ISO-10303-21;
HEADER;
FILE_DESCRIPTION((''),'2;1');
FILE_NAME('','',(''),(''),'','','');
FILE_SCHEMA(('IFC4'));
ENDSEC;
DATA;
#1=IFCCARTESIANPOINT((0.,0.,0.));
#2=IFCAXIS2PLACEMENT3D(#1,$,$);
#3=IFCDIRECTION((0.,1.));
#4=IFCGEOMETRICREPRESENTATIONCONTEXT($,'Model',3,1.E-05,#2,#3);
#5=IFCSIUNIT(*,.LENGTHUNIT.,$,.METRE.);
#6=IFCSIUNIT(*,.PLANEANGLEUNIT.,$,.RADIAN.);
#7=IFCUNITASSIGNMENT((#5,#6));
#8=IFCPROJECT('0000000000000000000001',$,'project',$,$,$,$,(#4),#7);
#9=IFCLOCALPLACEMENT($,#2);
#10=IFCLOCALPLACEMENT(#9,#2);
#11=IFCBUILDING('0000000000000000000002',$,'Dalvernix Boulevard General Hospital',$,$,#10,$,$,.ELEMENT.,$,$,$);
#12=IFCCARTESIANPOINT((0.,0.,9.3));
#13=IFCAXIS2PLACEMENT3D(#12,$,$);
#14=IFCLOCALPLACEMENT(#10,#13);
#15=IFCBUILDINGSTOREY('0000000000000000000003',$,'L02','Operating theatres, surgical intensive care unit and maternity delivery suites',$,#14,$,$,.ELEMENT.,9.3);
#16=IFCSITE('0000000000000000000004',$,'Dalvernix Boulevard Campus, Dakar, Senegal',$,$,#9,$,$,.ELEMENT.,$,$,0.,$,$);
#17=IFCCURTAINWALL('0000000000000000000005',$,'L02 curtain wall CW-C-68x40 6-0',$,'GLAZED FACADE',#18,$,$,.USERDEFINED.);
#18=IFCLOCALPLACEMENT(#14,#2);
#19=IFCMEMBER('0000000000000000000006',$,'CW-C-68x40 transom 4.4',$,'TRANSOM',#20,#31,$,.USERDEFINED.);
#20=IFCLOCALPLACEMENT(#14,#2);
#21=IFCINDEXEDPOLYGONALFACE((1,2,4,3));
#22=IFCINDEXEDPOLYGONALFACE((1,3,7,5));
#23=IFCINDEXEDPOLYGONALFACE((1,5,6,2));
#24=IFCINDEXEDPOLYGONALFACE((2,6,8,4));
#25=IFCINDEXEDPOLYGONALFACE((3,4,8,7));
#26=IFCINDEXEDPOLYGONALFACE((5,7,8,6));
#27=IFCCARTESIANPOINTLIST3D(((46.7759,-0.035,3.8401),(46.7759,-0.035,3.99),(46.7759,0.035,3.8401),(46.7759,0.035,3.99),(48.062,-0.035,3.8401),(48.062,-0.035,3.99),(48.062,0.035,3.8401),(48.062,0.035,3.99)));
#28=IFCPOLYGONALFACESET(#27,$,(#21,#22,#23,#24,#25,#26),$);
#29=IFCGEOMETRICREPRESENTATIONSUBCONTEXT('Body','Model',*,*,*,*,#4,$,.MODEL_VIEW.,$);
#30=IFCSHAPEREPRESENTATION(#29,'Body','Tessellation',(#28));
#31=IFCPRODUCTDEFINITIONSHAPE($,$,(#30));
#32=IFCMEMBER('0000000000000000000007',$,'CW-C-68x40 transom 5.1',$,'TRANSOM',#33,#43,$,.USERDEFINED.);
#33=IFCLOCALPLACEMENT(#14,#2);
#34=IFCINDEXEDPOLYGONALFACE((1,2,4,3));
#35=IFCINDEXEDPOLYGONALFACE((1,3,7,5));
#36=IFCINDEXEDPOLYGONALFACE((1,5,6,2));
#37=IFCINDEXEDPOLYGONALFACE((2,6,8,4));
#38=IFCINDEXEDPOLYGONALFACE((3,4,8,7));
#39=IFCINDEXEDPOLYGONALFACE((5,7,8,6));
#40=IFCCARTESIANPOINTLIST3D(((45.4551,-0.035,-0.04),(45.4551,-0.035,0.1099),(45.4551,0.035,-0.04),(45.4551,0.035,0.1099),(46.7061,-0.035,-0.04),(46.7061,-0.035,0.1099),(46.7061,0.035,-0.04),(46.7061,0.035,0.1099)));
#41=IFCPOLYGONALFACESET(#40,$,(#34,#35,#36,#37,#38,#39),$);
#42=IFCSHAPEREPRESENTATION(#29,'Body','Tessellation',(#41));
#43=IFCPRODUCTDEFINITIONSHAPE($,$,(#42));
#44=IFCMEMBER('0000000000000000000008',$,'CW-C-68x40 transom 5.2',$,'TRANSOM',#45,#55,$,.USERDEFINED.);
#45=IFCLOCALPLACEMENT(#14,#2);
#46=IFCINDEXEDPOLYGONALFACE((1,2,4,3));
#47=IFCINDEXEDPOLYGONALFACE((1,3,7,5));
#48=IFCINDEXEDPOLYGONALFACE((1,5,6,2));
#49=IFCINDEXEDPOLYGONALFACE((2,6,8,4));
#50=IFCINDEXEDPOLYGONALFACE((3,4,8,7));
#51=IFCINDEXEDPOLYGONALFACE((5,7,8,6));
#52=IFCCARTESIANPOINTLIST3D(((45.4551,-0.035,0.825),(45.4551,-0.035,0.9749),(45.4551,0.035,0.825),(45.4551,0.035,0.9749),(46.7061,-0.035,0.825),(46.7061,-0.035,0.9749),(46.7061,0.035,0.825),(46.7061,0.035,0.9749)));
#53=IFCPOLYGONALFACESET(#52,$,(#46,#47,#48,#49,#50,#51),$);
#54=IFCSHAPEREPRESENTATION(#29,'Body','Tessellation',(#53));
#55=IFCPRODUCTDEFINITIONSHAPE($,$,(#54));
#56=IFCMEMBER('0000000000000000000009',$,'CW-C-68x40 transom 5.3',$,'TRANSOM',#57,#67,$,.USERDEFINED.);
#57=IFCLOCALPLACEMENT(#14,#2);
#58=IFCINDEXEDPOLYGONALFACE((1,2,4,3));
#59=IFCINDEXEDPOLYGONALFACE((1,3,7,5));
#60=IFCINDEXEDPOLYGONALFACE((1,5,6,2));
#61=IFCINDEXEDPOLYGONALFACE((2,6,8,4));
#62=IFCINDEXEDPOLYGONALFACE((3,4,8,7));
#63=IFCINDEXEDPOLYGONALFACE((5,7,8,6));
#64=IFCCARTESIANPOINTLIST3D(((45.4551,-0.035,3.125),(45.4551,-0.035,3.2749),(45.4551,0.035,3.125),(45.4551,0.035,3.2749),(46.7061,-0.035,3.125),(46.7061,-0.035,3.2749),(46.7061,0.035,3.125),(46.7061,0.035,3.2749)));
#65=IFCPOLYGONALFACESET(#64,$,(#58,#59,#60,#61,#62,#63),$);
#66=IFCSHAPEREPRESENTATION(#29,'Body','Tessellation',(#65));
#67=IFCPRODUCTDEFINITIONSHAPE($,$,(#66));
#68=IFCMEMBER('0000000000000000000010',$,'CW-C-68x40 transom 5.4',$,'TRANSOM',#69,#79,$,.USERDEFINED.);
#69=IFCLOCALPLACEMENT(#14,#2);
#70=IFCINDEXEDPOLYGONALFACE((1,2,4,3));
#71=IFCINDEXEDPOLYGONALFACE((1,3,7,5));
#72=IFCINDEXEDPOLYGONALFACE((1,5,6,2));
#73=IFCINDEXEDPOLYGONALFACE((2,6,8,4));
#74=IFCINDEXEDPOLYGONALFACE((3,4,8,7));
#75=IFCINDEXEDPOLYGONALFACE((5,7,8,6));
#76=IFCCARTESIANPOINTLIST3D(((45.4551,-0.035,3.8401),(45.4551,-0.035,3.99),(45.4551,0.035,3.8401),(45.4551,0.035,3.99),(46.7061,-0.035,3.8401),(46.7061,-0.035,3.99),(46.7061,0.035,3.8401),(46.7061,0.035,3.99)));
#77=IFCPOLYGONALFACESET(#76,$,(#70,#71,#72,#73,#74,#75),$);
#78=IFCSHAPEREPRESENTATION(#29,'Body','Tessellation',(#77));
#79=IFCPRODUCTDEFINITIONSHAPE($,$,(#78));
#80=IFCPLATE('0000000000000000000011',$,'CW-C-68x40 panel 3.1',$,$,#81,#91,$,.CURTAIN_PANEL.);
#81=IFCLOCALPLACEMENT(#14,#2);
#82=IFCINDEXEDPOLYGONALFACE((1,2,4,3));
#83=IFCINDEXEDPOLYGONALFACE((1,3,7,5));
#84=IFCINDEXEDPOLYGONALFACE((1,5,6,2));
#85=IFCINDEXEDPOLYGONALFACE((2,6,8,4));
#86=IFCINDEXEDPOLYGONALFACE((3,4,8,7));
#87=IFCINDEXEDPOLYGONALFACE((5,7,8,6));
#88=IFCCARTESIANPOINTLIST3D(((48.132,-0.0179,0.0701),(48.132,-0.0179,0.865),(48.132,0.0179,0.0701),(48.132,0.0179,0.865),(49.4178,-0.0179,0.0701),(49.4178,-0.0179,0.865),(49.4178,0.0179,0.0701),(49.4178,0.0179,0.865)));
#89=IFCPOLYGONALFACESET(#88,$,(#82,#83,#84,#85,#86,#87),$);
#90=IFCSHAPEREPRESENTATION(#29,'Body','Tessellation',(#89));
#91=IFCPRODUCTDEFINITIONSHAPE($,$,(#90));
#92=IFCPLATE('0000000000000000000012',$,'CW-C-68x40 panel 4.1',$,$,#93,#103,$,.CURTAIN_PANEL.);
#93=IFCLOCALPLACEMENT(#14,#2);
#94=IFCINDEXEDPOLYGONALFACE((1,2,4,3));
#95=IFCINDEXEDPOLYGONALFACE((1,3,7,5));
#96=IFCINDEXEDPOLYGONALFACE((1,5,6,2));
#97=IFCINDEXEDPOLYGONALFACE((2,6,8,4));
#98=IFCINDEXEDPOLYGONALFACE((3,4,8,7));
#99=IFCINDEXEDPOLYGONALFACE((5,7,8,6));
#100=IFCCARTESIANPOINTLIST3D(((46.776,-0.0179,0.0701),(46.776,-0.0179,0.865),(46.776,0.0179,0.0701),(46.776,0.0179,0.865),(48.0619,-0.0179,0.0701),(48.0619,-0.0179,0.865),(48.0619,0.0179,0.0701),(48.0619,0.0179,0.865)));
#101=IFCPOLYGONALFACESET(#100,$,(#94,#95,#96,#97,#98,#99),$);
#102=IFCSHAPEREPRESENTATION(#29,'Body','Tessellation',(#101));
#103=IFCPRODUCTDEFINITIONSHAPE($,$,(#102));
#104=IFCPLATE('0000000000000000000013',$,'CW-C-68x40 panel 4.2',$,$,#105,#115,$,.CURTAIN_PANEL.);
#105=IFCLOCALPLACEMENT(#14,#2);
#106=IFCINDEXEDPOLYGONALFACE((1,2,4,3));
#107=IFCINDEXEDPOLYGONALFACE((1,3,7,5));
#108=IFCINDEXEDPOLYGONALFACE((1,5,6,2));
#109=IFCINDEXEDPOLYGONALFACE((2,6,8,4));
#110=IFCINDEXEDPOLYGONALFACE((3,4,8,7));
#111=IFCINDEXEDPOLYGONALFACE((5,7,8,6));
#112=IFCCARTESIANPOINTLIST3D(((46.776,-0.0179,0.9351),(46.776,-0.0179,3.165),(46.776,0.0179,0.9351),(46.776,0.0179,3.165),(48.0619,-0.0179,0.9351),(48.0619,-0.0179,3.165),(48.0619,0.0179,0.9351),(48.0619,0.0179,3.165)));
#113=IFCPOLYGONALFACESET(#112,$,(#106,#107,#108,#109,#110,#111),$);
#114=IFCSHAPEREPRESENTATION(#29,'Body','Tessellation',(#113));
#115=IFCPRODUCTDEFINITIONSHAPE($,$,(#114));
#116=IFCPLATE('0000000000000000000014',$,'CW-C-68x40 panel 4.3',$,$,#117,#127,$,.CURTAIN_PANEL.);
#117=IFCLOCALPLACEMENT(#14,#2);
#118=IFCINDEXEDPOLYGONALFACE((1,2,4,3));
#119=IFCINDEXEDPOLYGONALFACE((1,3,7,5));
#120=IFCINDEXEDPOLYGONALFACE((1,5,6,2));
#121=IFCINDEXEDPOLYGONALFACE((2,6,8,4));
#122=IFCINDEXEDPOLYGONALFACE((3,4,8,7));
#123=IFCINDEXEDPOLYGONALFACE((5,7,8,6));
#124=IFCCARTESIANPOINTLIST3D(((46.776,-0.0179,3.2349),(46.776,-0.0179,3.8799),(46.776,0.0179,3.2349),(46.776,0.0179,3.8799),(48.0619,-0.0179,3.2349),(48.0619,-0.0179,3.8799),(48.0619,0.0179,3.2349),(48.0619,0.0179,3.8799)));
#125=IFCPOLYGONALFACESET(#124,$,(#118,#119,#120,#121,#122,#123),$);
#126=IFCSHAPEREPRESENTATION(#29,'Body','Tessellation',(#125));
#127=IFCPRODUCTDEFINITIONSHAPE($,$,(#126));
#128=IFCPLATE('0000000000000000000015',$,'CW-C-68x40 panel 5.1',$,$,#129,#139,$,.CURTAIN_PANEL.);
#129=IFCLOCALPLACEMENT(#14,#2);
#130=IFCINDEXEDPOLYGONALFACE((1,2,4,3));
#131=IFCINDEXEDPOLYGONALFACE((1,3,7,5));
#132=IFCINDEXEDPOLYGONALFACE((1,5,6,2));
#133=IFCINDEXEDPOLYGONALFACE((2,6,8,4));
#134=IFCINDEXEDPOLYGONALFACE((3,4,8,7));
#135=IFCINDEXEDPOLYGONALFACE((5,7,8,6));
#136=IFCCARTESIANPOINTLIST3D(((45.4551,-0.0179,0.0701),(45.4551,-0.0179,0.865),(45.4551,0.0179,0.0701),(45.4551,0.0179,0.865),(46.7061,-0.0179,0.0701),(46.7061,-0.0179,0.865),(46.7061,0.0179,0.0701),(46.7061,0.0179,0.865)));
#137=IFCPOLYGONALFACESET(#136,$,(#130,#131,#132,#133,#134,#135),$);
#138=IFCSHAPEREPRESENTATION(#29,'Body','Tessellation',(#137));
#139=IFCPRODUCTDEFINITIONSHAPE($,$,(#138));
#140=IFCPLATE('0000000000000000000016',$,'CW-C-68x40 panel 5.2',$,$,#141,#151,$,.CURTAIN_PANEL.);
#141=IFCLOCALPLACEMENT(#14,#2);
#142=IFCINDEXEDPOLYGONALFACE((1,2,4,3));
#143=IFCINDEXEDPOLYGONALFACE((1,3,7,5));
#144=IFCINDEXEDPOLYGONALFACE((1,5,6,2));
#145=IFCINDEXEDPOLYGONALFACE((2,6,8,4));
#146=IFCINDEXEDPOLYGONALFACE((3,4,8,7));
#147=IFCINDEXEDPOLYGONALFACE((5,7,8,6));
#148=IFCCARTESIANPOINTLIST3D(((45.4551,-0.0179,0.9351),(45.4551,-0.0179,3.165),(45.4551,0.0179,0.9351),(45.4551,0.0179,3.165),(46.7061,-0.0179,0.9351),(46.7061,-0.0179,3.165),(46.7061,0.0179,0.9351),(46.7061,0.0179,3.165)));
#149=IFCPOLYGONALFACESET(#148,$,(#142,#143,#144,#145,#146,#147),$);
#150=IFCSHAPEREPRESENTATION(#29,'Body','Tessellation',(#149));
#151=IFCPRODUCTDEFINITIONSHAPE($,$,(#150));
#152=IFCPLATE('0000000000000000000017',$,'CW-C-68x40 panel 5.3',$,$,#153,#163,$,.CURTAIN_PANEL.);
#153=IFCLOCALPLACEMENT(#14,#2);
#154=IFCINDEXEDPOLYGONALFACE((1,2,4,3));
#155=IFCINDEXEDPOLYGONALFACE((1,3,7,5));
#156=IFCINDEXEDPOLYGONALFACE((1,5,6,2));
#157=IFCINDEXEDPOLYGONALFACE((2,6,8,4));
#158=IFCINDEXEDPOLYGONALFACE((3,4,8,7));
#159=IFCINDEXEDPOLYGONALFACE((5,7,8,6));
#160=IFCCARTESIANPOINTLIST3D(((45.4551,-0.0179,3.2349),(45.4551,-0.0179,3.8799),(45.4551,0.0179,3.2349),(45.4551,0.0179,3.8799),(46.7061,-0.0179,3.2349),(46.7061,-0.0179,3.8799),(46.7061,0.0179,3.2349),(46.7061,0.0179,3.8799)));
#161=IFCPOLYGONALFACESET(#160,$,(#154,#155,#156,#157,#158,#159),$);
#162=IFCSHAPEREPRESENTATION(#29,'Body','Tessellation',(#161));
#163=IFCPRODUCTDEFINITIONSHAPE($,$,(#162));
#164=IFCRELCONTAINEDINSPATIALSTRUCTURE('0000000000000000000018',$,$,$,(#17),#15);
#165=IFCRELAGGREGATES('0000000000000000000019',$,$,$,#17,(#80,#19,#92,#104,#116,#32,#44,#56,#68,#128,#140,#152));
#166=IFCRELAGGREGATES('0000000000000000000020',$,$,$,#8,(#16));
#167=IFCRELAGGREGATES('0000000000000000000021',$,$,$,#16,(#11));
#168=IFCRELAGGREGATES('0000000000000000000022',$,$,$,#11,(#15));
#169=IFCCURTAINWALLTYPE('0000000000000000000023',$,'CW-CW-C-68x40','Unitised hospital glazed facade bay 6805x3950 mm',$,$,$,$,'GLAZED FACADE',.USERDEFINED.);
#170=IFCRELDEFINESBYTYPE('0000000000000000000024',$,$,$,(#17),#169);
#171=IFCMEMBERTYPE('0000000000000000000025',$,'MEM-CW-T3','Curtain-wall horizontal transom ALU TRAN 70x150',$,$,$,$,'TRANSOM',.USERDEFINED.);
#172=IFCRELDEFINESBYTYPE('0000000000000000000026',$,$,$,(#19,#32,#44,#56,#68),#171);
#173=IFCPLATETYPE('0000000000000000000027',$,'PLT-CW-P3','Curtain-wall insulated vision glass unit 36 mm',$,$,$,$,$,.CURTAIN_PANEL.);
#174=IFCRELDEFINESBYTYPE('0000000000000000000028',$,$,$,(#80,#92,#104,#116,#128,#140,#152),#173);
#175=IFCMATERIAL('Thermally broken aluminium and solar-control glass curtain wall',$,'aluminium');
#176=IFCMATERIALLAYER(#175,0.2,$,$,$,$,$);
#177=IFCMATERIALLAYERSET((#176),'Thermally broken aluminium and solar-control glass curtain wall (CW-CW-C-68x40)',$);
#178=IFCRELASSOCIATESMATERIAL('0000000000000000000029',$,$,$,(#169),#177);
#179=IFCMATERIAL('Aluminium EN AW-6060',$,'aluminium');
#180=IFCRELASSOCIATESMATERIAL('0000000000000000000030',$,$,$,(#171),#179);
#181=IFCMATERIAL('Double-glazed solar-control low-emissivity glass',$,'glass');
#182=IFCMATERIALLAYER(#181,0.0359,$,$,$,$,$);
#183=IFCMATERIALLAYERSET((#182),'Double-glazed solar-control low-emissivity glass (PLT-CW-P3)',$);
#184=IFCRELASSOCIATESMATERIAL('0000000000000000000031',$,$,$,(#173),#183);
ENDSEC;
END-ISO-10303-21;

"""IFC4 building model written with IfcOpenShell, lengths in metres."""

from ifc_helpers import new_model, si_unit, direction, frame, origin, origin_2d, place, context, subcontext, project, spatial, rectangle, extrude, material, layer, layer_set, material_profile, profile_set, type_object, element, aggregate, save


model = new_model("IFC4")

# Units and contexts
model_context = context("Model", 3, precision=1e-05, world=origin(), true_north=direction((0.0, 1.0)))
body_context = subcontext(model_context, "Body", "Model", "MODEL_VIEW")
ifc_project = project(units=[si_unit("LENGTHUNIT", "METRE"), si_unit("PLANEANGLEUNIT", "RADIAN")], contexts=[model_context])

# Site, building, storey
site_placement = place(None, origin())
site = spatial("IfcSite", under=ifc_project, at=site_placement, Name="Dalvernix Boulevard Campus, Dakar, Senegal", CompositionType="ELEMENT", RefElevation=0.0)
building_placement = place(site_placement, origin())
building = spatial("IfcBuilding", under=site, at=building_placement, Name="Dalvernix Boulevard General Hospital", CompositionType="ELEMENT")
storey_placement = place(building_placement, frame((0.0, 0.0, 9.3)))
storey = spatial("IfcBuildingStorey", under=building, at=storey_placement, Name="L02", Description="Operating theatres, surgical intensive care unit and maternity delivery suites", CompositionType="ELEMENT", Elevation=9.3)

# Curtain wall, members, plates
ifc_material_1 = material(Name="Thermally broken aluminium and solar-control glass curtain wall", Category="aluminium")
ifc_layer_1 = layer(ifc_material_1, 0.2)
ifc_layer_set_1 = layer_set([ifc_layer_1], Name="Thermally broken aluminium and solar-control glass curtain wall (CW-CW-C-68x40)")
curtain_wall_type = type_object("IfcCurtainWallType", Name="CW-CW-C-68x40", Description="Unitised hospital glazed facade bay 6805x3950 mm", ElementType="GLAZED FACADE", PredefinedType="USERDEFINED", material=ifc_layer_set_1)
curtain_wall_placement = place(storey_placement, origin())
curtain_wall = element("IfcCurtainWall", 1, at=curtain_wall_placement, inside=storey, type_object=curtain_wall_type, Name="L02 curtain wall CW-C-68x40 6-0", ObjectType="GLAZED FACADE", PredefinedType="USERDEFINED")
ifc_material_2 = material(Name="Aluminium EN AW-6060", Category="aluminium")
ifc_material_profile_1 = material_profile(ifc_material_2, rectangle(XDim=0.0701, YDim=0.1499, at=origin_2d()), Name="ALU TRAN 70x150")
ifc_profile_set_1 = profile_set([ifc_material_profile_1], Name="Aluminium EN AW-6060")
member_type_1 = type_object("IfcMemberType", Name="MEM-CW-T3", Description="Curtain-wall horizontal transom ALU TRAN 70x150", ElementType="TRANSOM", PredefinedType="USERDEFINED", material=ifc_profile_set_1)
member_1_placement = place(storey_placement, frame((48.062, 0.0, 3.915), z_axis=(-1.0, 0.0, 0.0), x_axis=(0.0, -1.0, 0.0)))
member_1 = element("IfcMember", 2, at=member_1_placement, type_object=member_type_1, Name="CW-C-68x40 transom 4.4", ObjectType="TRANSOM", PredefinedType="USERDEFINED", context=body_context, shape_type="SweptSolid", body=[
    extrude(rectangle(XDim=0.0701, YDim=0.1499, at=origin_2d()), origin(), (0.0, 0.0, 1.0), 1.2861),
])
member_2_placement = place(storey_placement, frame((46.7061, 0.0, 0.0349), z_axis=(-1.0, 0.0, 0.0), x_axis=(0.0, -1.0, 0.0)))
member_2 = element("IfcMember", 3, at=member_2_placement, type_object=member_type_1, Name="CW-C-68x40 transom 5.1", ObjectType="TRANSOM", PredefinedType="USERDEFINED", context=body_context, shape_type="SweptSolid", body=[
    extrude(rectangle(XDim=0.0701, YDim=0.1499, at=origin_2d()), origin(), (0.0, 0.0, 1.0), 1.251),
])
member_3_placement = place(storey_placement, frame((46.7061, 0.0, 0.8999), z_axis=(-1.0, 0.0, 0.0), x_axis=(0.0, -1.0, 0.0)))
member_3 = element("IfcMember", 4, at=member_3_placement, type_object=member_type_1, Name="CW-C-68x40 transom 5.2", ObjectType="TRANSOM", PredefinedType="USERDEFINED", context=body_context, shape_type="SweptSolid", body=[
    extrude(rectangle(XDim=0.0701, YDim=0.1499, at=origin_2d()), origin(), (0.0, 0.0, 1.0), 1.251),
])
member_4_placement = place(storey_placement, frame((46.7061, 0.0, 3.2), z_axis=(-1.0, 0.0, 0.0), x_axis=(0.0, -1.0, 0.0)))
member_4 = element("IfcMember", 5, at=member_4_placement, type_object=member_type_1, Name="CW-C-68x40 transom 5.3", ObjectType="TRANSOM", PredefinedType="USERDEFINED", context=body_context, shape_type="SweptSolid", body=[
    extrude(rectangle(XDim=0.0701, YDim=0.1499, at=origin_2d()), origin(), (0.0, 0.0, 1.0), 1.251),
])
member_5_placement = place(storey_placement, frame((46.7061, 0.0, 3.915), z_axis=(-1.0, 0.0, 0.0), x_axis=(0.0, -1.0, 0.0)))
member_5 = element("IfcMember", 6, at=member_5_placement, type_object=member_type_1, Name="CW-C-68x40 transom 5.4", ObjectType="TRANSOM", PredefinedType="USERDEFINED", context=body_context, shape_type="SweptSolid", body=[
    extrude(rectangle(XDim=0.0701, YDim=0.1499, at=origin_2d()), origin(), (0.0, 0.0, 1.0), 1.251),
])
ifc_material_3 = material(Name="Double-glazed solar-control low-emissivity glass", Category="glass")
ifc_layer_2 = layer(ifc_material_3, 0.0359)
ifc_layer_set_2 = layer_set([ifc_layer_2], Name="Double-glazed solar-control low-emissivity glass (PLT-CW-P3)")
plate_type = type_object("IfcPlateType", Name="PLT-CW-P3", Description="Curtain-wall insulated vision glass unit 36 mm", PredefinedType="CURTAIN_PANEL", material=ifc_layer_set_2)
plate_1_placement = place(storey_placement, frame((48.7749, 0.0, 0.0701), z_axis=(0.0, 0.0, 1.0), x_axis=(-1.0, 0.0, 0.0)))
plate_1 = element("IfcPlate", 7, at=plate_1_placement, type_object=plate_type, Name="CW-C-68x40 panel 3.1", PredefinedType="CURTAIN_PANEL", context=body_context, shape_type="SweptSolid", body=[
    extrude(rectangle(XDim=1.2859, YDim=0.0359, at=origin_2d()), origin(), (0.0, 0.0, 1.0), 0.7949),
])
plate_2_placement = place(storey_placement, frame((47.4189, 0.0, 0.0701), z_axis=(0.0, 0.0, 1.0), x_axis=(-1.0, 0.0, 0.0)))
plate_2 = element("IfcPlate", 8, at=plate_2_placement, type_object=plate_type, Name="CW-C-68x40 panel 4.1", PredefinedType="CURTAIN_PANEL", context=body_context, shape_type="SweptSolid", body=[
    extrude(rectangle(XDim=1.2859, YDim=0.0359, at=origin_2d()), origin(), (0.0, 0.0, 1.0), 0.7949),
])
plate_3_placement = place(storey_placement, frame((47.4189, 0.0, 0.9351), z_axis=(0.0, 0.0, 1.0), x_axis=(-1.0, 0.0, 0.0)))
plate_3 = element("IfcPlate", 9, at=plate_3_placement, type_object=plate_type, Name="CW-C-68x40 panel 4.2", PredefinedType="CURTAIN_PANEL", context=body_context, shape_type="SweptSolid", body=[
    extrude(rectangle(XDim=1.2859, YDim=0.0359, at=origin_2d()), origin(), (0.0, 0.0, 1.0), 2.23),
])
plate_4_placement = place(storey_placement, frame((47.4189, 0.0, 3.2349), z_axis=(0.0, 0.0, 1.0), x_axis=(-1.0, 0.0, 0.0)))
plate_4 = element("IfcPlate", 10, at=plate_4_placement, type_object=plate_type, Name="CW-C-68x40 panel 4.3", PredefinedType="CURTAIN_PANEL", context=body_context, shape_type="SweptSolid", body=[
    extrude(rectangle(XDim=1.2859, YDim=0.0359, at=origin_2d()), origin(), (0.0, 0.0, 1.0), 0.645),
])
plate_5_placement = place(storey_placement, frame((46.0806, 0.0, 0.0701), z_axis=(0.0, 0.0, 1.0), x_axis=(-1.0, 0.0, 0.0)))
plate_5 = element("IfcPlate", 11, at=plate_5_placement, type_object=plate_type, Name="CW-C-68x40 panel 5.1", PredefinedType="CURTAIN_PANEL", context=body_context, shape_type="SweptSolid", body=[
    extrude(rectangle(XDim=1.251, YDim=0.0359, at=origin_2d()), origin(), (0.0, 0.0, 1.0), 0.7949),
])
plate_6_placement = place(storey_placement, frame((46.0806, 0.0, 0.9351), z_axis=(0.0, 0.0, 1.0), x_axis=(-1.0, 0.0, 0.0)))
plate_6 = element("IfcPlate", 12, at=plate_6_placement, type_object=plate_type, Name="CW-C-68x40 panel 5.2", PredefinedType="CURTAIN_PANEL", context=body_context, shape_type="SweptSolid", body=[
    extrude(rectangle(XDim=1.251, YDim=0.0359, at=origin_2d()), origin(), (0.0, 0.0, 1.0), 2.23),
])
plate_7_placement = place(storey_placement, frame((46.0806, 0.0, 3.2349), z_axis=(0.0, 0.0, 1.0), x_axis=(-1.0, 0.0, 0.0)))
plate_7 = element("IfcPlate", 13, at=plate_7_placement, type_object=plate_type, Name="CW-C-68x40 panel 5.3", PredefinedType="CURTAIN_PANEL", context=body_context, shape_type="SweptSolid", body=[
    extrude(rectangle(XDim=1.251, YDim=0.0359, at=origin_2d()), origin(), (0.0, 0.0, 1.0), 0.645),
])
aggregate(curtain_wall, [plate_1, member_1, plate_2, plate_3, plate_4, member_2, member_3, member_4, member_5, plate_5, plate_6, plate_7])

save(model, "model.ifc")
